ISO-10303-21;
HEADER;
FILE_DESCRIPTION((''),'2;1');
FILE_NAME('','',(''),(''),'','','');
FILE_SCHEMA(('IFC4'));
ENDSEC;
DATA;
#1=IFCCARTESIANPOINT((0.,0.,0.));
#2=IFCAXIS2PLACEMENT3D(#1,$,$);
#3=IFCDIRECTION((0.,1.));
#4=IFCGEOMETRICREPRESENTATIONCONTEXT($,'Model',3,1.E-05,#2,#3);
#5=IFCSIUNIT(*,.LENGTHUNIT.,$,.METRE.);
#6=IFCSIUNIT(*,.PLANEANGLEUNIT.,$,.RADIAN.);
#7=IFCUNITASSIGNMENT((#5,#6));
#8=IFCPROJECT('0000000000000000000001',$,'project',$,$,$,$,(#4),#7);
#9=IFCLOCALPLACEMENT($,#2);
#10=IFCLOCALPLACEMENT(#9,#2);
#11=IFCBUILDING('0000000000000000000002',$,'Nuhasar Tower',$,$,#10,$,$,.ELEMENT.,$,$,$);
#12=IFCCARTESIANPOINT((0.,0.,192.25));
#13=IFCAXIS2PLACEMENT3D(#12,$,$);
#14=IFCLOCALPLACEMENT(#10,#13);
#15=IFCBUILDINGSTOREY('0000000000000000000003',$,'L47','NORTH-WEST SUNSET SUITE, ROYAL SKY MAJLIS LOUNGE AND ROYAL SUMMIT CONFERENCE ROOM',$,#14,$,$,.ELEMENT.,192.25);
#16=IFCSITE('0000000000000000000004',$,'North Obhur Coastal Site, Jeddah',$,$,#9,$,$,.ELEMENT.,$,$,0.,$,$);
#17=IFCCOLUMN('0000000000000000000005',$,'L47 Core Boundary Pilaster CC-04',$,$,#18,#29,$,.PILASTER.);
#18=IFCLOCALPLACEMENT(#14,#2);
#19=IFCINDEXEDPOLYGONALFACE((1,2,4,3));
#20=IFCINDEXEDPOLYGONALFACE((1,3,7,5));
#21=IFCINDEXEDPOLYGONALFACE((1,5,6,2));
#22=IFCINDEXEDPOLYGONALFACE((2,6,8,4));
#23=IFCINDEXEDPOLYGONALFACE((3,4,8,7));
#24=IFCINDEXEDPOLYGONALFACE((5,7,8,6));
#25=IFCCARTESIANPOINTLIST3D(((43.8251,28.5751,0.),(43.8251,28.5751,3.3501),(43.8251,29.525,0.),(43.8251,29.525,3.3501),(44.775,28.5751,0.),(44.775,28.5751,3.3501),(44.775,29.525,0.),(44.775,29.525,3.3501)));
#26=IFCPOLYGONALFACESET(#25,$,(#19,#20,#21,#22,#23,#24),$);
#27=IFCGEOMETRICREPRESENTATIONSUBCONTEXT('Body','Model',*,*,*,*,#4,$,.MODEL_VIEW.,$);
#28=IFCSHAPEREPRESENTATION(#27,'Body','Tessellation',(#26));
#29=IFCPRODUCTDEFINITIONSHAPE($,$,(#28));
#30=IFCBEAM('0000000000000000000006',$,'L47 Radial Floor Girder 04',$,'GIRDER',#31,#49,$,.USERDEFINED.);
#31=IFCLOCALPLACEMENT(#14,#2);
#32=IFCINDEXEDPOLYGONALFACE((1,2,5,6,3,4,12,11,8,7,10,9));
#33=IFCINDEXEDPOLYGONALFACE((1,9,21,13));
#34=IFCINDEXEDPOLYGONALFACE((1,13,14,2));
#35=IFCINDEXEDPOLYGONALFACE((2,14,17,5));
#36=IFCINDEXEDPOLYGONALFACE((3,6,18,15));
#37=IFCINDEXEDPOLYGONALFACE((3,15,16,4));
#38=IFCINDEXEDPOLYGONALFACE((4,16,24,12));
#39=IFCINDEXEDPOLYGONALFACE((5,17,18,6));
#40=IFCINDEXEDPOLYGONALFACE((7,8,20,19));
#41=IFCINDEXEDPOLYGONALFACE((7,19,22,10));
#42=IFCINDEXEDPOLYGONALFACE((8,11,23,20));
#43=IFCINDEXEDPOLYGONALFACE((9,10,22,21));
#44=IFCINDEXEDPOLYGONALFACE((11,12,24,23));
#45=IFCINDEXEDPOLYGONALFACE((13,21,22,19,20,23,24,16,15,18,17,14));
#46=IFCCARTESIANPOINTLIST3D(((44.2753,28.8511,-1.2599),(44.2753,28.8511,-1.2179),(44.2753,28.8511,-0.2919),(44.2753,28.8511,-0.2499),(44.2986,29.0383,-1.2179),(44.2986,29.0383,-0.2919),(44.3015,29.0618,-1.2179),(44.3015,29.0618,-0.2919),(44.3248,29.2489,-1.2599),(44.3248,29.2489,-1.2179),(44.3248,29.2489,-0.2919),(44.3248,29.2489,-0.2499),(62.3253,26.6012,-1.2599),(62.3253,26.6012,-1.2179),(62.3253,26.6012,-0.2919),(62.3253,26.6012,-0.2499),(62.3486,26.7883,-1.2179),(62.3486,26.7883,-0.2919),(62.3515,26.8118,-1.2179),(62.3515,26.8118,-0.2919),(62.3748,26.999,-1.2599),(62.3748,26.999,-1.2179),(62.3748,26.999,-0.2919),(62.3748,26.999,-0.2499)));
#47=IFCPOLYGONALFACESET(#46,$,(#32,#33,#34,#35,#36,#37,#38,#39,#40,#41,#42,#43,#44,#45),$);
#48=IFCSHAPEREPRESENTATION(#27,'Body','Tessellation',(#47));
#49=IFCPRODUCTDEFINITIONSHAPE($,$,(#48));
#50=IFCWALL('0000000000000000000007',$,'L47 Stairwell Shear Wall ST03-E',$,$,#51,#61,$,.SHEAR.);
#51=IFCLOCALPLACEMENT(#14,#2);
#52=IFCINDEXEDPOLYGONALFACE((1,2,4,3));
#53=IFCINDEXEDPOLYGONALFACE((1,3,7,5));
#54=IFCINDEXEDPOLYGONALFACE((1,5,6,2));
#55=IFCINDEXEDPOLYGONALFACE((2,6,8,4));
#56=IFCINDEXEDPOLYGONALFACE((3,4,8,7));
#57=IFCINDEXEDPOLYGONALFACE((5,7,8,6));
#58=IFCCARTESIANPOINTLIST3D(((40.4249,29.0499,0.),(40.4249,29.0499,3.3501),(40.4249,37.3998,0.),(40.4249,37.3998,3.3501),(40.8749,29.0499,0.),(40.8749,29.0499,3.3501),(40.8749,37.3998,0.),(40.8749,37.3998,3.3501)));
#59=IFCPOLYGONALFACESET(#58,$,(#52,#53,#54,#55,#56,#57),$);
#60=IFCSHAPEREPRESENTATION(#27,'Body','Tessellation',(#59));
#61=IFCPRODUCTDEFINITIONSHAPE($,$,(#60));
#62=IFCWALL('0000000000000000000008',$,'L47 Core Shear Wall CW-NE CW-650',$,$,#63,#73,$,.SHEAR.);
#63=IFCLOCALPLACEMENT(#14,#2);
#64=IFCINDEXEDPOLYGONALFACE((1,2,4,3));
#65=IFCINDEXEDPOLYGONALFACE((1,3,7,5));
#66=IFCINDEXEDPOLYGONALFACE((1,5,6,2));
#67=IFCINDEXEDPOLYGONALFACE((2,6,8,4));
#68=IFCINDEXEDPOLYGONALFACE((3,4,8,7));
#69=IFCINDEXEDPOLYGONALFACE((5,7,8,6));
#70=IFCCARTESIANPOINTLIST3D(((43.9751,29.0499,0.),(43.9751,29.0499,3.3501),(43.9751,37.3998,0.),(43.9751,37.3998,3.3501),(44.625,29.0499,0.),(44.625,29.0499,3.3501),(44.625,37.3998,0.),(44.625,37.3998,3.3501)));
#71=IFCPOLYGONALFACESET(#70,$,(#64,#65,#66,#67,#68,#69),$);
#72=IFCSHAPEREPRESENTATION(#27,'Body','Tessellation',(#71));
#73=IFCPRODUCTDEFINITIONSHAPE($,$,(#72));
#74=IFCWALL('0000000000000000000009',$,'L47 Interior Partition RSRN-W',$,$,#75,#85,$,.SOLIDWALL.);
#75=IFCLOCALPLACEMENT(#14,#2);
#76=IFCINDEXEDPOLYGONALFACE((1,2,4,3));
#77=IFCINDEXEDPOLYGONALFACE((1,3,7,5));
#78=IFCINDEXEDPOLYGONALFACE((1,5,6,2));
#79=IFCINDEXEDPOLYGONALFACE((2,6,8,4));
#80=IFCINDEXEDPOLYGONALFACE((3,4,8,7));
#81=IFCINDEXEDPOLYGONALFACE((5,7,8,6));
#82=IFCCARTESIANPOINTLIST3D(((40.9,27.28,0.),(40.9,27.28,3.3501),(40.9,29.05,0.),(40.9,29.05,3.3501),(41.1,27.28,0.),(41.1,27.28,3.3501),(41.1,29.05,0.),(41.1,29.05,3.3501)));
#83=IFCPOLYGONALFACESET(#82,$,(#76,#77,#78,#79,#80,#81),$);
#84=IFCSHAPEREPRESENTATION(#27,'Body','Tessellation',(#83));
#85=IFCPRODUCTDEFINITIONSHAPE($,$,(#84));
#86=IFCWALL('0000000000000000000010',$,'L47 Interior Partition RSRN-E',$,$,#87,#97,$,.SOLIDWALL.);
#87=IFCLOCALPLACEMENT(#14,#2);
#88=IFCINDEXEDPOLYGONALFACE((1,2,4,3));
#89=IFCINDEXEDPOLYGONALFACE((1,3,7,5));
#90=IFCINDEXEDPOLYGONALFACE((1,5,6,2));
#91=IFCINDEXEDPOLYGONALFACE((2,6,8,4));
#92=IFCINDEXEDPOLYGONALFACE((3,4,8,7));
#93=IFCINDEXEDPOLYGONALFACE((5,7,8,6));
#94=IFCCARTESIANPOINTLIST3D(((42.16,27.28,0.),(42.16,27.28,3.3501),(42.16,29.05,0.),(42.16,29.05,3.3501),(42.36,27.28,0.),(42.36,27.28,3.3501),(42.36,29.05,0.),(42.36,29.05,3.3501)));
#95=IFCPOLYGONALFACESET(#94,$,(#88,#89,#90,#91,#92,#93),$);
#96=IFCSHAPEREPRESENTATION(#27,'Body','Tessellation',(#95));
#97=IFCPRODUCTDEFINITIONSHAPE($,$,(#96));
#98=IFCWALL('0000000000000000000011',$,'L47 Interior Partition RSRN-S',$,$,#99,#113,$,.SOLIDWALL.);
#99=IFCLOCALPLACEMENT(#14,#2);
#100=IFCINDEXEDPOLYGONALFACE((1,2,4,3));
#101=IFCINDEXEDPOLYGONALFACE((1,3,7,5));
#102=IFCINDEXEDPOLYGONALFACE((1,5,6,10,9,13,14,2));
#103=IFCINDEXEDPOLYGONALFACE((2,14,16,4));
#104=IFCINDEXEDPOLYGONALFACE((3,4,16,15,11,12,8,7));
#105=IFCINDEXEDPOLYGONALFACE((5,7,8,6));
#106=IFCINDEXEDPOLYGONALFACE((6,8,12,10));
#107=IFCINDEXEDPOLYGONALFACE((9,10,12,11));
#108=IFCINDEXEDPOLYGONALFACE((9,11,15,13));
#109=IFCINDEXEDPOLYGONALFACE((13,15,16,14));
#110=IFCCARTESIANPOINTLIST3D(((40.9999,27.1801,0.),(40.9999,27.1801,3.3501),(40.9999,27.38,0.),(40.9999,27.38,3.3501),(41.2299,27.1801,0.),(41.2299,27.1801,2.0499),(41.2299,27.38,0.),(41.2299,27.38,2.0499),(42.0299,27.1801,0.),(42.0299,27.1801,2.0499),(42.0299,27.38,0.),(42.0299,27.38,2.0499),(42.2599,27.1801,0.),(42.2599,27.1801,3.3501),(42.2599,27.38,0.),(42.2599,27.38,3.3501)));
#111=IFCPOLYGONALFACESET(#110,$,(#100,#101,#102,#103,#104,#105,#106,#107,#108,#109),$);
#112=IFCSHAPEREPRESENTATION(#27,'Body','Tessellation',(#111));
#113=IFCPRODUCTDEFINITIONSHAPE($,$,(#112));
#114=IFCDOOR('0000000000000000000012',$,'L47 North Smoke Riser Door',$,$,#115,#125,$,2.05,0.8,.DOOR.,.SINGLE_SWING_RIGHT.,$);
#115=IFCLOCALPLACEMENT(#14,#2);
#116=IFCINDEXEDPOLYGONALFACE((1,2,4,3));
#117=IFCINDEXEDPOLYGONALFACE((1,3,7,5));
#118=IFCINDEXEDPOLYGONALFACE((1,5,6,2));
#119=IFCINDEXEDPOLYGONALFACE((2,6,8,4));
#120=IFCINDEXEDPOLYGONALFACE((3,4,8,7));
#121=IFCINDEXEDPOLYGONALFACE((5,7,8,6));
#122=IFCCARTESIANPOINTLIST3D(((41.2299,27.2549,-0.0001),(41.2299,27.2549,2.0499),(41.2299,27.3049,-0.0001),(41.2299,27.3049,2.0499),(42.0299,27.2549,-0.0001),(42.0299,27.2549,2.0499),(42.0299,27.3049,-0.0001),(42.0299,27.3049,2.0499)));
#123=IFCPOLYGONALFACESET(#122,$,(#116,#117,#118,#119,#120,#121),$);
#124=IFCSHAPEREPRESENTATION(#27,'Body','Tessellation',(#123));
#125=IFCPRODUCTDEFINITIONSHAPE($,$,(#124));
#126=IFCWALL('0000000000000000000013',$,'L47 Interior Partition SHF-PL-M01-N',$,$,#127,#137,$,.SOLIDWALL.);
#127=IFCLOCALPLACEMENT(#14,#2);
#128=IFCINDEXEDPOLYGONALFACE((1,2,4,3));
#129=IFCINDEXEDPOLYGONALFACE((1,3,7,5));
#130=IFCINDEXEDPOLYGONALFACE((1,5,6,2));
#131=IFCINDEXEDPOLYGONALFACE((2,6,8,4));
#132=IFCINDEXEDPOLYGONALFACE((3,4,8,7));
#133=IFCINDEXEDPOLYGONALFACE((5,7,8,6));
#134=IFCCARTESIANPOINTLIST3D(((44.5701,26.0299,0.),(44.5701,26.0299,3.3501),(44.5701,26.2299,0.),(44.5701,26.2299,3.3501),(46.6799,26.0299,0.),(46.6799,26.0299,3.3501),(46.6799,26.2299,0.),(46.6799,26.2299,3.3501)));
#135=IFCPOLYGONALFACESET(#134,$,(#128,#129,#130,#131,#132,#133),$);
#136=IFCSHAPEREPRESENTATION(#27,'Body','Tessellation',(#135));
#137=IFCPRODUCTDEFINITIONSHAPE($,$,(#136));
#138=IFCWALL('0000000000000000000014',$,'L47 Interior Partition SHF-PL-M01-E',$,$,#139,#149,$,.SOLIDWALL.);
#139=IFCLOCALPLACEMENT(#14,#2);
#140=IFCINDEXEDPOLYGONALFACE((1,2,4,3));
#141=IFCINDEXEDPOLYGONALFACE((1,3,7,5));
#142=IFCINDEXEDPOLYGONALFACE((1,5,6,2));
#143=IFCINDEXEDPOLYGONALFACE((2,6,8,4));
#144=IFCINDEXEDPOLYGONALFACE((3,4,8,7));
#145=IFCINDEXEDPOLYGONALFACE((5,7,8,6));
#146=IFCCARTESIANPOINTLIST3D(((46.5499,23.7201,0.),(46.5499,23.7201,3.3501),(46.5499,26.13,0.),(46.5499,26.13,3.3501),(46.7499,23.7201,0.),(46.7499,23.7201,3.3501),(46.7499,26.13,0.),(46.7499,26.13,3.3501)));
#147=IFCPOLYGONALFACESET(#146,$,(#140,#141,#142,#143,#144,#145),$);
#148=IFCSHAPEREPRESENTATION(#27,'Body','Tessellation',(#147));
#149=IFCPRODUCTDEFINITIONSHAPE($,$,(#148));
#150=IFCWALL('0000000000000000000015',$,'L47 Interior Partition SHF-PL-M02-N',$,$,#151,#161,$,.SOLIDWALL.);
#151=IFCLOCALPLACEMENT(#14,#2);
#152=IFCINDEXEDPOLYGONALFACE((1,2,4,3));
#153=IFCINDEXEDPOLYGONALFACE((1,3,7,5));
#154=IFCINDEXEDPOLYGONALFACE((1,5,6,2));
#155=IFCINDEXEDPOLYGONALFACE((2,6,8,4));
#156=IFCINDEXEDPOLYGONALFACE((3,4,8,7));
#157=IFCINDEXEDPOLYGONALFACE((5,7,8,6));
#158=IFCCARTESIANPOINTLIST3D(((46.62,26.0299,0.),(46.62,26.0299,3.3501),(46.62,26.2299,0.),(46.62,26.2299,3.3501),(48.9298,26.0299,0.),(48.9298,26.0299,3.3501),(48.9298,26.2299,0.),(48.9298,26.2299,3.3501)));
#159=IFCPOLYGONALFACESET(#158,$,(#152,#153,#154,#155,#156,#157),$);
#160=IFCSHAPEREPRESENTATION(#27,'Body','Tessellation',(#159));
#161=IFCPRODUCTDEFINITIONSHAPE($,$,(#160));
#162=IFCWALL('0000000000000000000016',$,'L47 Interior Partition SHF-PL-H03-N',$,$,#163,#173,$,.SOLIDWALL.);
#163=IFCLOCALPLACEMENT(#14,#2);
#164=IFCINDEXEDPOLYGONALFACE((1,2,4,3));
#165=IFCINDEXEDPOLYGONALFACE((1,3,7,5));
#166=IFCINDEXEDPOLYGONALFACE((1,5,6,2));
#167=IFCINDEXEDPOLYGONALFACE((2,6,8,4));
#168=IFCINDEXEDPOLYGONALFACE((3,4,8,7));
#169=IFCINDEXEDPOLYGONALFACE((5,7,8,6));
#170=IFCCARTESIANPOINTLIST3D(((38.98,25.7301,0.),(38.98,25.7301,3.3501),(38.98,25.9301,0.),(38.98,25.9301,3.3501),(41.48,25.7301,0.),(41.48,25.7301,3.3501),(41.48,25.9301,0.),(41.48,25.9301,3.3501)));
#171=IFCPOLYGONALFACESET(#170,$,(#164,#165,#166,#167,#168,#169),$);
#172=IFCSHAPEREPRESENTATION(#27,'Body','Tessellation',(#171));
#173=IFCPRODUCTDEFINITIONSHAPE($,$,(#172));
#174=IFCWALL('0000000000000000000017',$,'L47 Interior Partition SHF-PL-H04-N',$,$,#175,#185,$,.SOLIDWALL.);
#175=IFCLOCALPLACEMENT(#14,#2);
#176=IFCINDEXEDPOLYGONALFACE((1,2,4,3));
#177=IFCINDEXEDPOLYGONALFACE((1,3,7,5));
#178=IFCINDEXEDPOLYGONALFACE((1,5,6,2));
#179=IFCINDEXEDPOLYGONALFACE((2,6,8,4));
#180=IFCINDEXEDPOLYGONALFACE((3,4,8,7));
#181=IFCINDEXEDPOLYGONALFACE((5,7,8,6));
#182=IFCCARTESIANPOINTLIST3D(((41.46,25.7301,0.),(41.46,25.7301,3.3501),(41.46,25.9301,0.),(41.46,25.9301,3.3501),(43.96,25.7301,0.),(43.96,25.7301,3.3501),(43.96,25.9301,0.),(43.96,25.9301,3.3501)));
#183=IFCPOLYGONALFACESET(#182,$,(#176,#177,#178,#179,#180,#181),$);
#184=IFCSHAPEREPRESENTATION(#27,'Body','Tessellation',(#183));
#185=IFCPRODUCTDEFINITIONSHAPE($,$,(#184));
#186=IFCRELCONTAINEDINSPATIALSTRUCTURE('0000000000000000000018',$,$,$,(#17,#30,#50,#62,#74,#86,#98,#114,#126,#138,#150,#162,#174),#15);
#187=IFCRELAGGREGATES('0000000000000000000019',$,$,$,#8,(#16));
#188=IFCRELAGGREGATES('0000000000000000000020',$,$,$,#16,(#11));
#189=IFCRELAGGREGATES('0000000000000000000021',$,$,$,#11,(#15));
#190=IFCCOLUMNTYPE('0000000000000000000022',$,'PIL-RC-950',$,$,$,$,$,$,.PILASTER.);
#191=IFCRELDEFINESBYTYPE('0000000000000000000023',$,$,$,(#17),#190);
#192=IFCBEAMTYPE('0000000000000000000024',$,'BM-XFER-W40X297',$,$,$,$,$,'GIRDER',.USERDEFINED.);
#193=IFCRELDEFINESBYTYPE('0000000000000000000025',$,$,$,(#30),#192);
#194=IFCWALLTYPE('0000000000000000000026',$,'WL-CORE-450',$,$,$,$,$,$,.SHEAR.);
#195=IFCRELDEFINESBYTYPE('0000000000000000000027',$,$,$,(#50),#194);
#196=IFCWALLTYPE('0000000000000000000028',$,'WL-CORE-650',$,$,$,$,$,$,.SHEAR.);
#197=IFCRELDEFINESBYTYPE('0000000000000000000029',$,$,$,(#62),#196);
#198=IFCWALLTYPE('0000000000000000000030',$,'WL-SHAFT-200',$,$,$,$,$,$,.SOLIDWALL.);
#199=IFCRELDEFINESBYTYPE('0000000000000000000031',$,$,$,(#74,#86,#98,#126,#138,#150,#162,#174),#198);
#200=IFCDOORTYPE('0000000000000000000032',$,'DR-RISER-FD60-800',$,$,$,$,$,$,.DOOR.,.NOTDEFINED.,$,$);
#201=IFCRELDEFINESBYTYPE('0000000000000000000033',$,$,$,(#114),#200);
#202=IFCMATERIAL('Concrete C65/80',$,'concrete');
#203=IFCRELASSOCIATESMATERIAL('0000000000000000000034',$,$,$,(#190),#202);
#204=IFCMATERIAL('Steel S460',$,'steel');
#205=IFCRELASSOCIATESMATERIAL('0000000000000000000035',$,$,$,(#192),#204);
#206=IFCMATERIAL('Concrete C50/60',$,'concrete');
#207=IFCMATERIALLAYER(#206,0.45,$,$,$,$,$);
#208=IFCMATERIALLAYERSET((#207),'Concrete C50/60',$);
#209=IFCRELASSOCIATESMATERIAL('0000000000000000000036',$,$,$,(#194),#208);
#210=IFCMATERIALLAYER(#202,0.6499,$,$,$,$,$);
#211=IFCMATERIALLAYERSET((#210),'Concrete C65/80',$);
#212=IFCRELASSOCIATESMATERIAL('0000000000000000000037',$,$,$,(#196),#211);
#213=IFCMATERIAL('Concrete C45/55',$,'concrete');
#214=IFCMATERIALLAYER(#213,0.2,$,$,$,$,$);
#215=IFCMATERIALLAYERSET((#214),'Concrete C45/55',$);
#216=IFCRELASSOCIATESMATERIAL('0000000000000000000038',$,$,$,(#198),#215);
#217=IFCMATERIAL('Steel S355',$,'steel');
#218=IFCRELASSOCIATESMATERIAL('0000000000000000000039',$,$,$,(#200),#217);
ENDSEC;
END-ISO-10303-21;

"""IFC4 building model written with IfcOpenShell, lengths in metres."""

from ifc_helpers import new_model, si_unit, direction, frame, frame_2d, origin, origin_2d, place, context, subcontext, project, spatial, rectangle, i_section, extrude, material, layer, layer_set, material_profile, profile_set, type_object, element, fill, save


model = new_model("IFC4")

# Units and contexts
model_context = context("Model", 3, precision=1e-05, world=origin(), true_north=direction((0.0, 1.0)))
body_context = subcontext(model_context, "Body", "Model", "MODEL_VIEW")
ifc_project = project(units=[si_unit("LENGTHUNIT", "METRE"), si_unit("PLANEANGLEUNIT", "RADIAN")], contexts=[model_context])

# Site, building, storey
site_placement = place(None, origin())
site = spatial("IfcSite", under=ifc_project, at=site_placement, Name="North Obhur Coastal Site, Jeddah", CompositionType="ELEMENT", RefElevation=0.0)
building_placement = place(site_placement, origin())
building = spatial("IfcBuilding", under=site, at=building_placement, Name="Nuhasar Tower", CompositionType="ELEMENT")
storey_placement = place(building_placement, frame((0.0, 0.0, 192.25)))
storey = spatial("IfcBuildingStorey", under=building, at=storey_placement, Name="L47", Description="NORTH-WEST SUNSET SUITE, ROYAL SKY MAJLIS LOUNGE AND ROYAL SUMMIT CONFERENCE ROOM", CompositionType="ELEMENT", Elevation=192.25)

# Column
ifc_material_1 = material(Name="Concrete C65/80", Category="concrete")
ifc_material_profile_1 = material_profile(ifc_material_1, rectangle(XDim=0.95, YDim=0.95, at=origin_2d()), Name="RC950X950")
ifc_profile_set_1 = profile_set([ifc_material_profile_1], Name="Concrete C65/80")
column_type = type_object("IfcColumnType", Name="PIL-RC-950", PredefinedType="PILASTER", material=ifc_profile_set_1)
column_placement = place(storey_placement, frame((44.3, 29.05, 0.0), z_axis=(0.0, 0.0, 1.0), x_axis=(1.0, 0.0, 0.0)))
element("IfcColumn", 1, at=column_placement, inside=storey, type_object=column_type, Name="L47 Core Boundary Pilaster CC-04", PredefinedType="PILASTER", context=body_context, shape_type="SweptSolid", body=[
    extrude(rectangle(XDim=0.95, YDim=0.95, at=origin_2d()), origin(), (0.0, 0.0, 1.0), 3.3501),
])

# Beam
ifc_material_2 = material(Name="Steel S460", Category="steel")
ifc_material_profile_2 = material_profile(ifc_material_2, i_section(OverallWidth=0.4009, OverallDepth=1.01, WebThickness=0.0237, FlangeThickness=0.042, at=origin_2d()), Name="W40X297")
ifc_profile_set_2 = profile_set([ifc_material_profile_2], Name="Steel S460")
beam_type = type_object("IfcBeamType", Name="BM-XFER-W40X297", ElementType="GIRDER", PredefinedType="USERDEFINED", material=ifc_profile_set_2)
beam_placement = place(storey_placement, frame((44.3, 29.05, -0.7549), z_axis=(0.99232, -0.123696, 0.0), x_axis=(0.123696, 0.99232, 0.0)))
element("IfcBeam", 2, at=beam_placement, inside=storey, type_object=beam_type, Name="L47 Radial Floor Girder 04", ObjectType="GIRDER", PredefinedType="USERDEFINED", context=body_context, shape_type="SweptSolid", body=[
    extrude(i_section(OverallWidth=0.4009, OverallDepth=1.01, WebThickness=0.0237, FlangeThickness=0.042, at=origin_2d()), origin(), (0.0, 0.0, 1.0), 18.1897),
])

# Walls
ifc_material_3 = material(Name="Concrete C50/60", Category="concrete")
ifc_layer_1 = layer(ifc_material_3, 0.45)
ifc_layer_set_1 = layer_set([ifc_layer_1], Name="Concrete C50/60")
wall_type_1 = type_object("IfcWallType", Name="WL-CORE-450", PredefinedType="SHEAR", material=ifc_layer_set_1)
wall_1_placement = place(storey_placement, frame((40.6499, 29.05, 0.0), z_axis=(0.0, 0.0, 1.0), x_axis=(0.0, 1.0, 0.0)))
element("IfcWall", 3, at=wall_1_placement, inside=storey, type_object=wall_type_1, Name="L47 Stairwell Shear Wall ST03-E", PredefinedType="SHEAR", context=body_context, shape_type="SweptSolid", body=[
    extrude(rectangle(XDim=8.3499, YDim=0.45, at=frame_2d((4.1748, 0.0))), origin(), (0.0, 0.0, 1.0), 3.3501),
])
ifc_layer_2 = layer(ifc_material_1, 0.6499)
ifc_layer_set_2 = layer_set([ifc_layer_2], Name="Concrete C65/80")
wall_type_2 = type_object("IfcWallType", Name="WL-CORE-650", PredefinedType="SHEAR", material=ifc_layer_set_2)
wall_2_placement = place(storey_placement, frame((44.3, 29.05, 0.0), z_axis=(0.0, 0.0, 1.0), x_axis=(0.0, 1.0, 0.0)))
element("IfcWall", 4, at=wall_2_placement, inside=storey, type_object=wall_type_2, Name="L47 Core Shear Wall CW-NE CW-650", PredefinedType="SHEAR", context=body_context, shape_type="SweptSolid", body=[
    extrude(rectangle(XDim=8.3499, YDim=0.6499, at=frame_2d((4.1748, 0.0))), origin(), (0.0, 0.0, 1.0), 3.3501),
])
ifc_material_4 = material(Name="Concrete C45/55", Category="concrete")
ifc_layer_3 = layer(ifc_material_4, 0.2)
ifc_layer_set_3 = layer_set([ifc_layer_3], Name="Concrete C45/55")
wall_type_3 = type_object("IfcWallType", Name="WL-SHAFT-200", PredefinedType="SOLIDWALL", material=ifc_layer_set_3)
for number, where, z_axis, x_axis, name in (
    (5, (41.0, 27.28, 0.0), (0.0, 0.0, 1.0), (0.0, 1.0, 0.0), "L47 Interior Partition RSRN-W"),
    (6, (42.26, 27.28, 0.0), (0.0, 0.0, 1.0), (0.0, 1.0, 0.0), "L47 Interior Partition RSRN-E"),
):
    element("IfcWall", number, at=place(storey_placement, frame(where, z_axis=z_axis, x_axis=x_axis)), inside=storey, type_object=wall_type_3, Name=name, PredefinedType="SOLIDWALL", context=body_context, shape_type="SweptSolid", body=[
        extrude(rectangle(XDim=1.77, YDim=0.2, at=frame_2d((0.885, 0.0))), origin(), (0.0, 0.0, 1.0), 3.3501),
    ])

# Wall, opening, door
wall_3_placement = place(storey_placement, frame((41.0, 27.28, 0.0), z_axis=(0.0, 0.0, 1.0), x_axis=(1.0, 0.0, 0.0)))
wall_3 = element("IfcWall", 7, at=wall_3_placement, inside=storey, type_object=wall_type_3, Name="L47 Interior Partition RSRN-S", PredefinedType="SOLIDWALL", context=body_context, shape_type="SweptSolid", body=[
    extrude(rectangle(XDim=1.26, YDim=0.2, at=frame_2d((0.6299, 0.0))), origin(), (0.0, 0.0, 1.0), 3.3501),
])
opening_1_placement = place(wall_3_placement, frame((0.23, 0.0, 0.0)))
opening_1 = element("IfcOpeningElement", 8, at=opening_1_placement, cuts=wall_3, PredefinedType="OPENING", context=body_context, shape_type="SweptSolid", body=[
    extrude(rectangle(XDim=0.8, YDim=2.05, at=frame_2d((0.3999, 1.0249))), frame((0.0, 0.1099, 0.0), z_axis=(0.0, -1.0, 0.0), x_axis=(1.0, 0.0, 0.0)), (0.0, 0.0, 1.0), 0.22),
])
ifc_material_5 = material(Name="Steel S355", Category="steel")
door_type = type_object("IfcDoorType", Name="DR-RISER-FD60-800", OperationType="NOTDEFINED", PredefinedType="DOOR", material=ifc_material_5)
door_1_placement = place(opening_1_placement, origin())
door_1 = element("IfcDoor", 9, at=door_1_placement, inside=storey, type_object=door_type, Name="L47 North Smoke Riser Door", OperationType="SINGLE_SWING_RIGHT", OverallHeight=2.05, OverallWidth=0.8, PredefinedType="DOOR", context=body_context, shape_type="SweptSolid", body=[
    extrude(rectangle(XDim=0.8, YDim=2.05, at=frame_2d((0.3999, 1.0249))), frame((0.0, 0.0249, 0.0), z_axis=(0.0, -1.0, 0.0), x_axis=(1.0, 0.0, 0.0)), (0.0, 0.0, 1.0), 0.05),
])
fill(opening_1, door_1)

# Walls
wall_4_placement = place(storey_placement, frame((44.5701, 26.1299, 0.0), z_axis=(0.0, 0.0, 1.0), x_axis=(1.0, 0.0, 0.0)))
element("IfcWall", 10, at=wall_4_placement, inside=storey, type_object=wall_type_3, Name="L47 Interior Partition SHF-PL-M01-N", PredefinedType="SOLIDWALL", context=body_context, shape_type="SweptSolid", body=[
    extrude(rectangle(XDim=2.1099, YDim=0.2, at=frame_2d((1.0549, 0.0))), origin(), (0.0, 0.0, 1.0), 3.3501),
])
wall_5_placement = place(storey_placement, frame((46.6499, 23.72, 0.0), z_axis=(0.0, 0.0, 1.0), x_axis=(0.0, 1.0, 0.0)))
element("IfcWall", 11, at=wall_5_placement, inside=storey, type_object=wall_type_3, Name="L47 Interior Partition SHF-PL-M01-E", PredefinedType="SOLIDWALL", context=body_context, shape_type="SweptSolid", body=[
    extrude(rectangle(XDim=2.4099, YDim=0.2, at=frame_2d((1.2051, 0.0))), origin(), (0.0, 0.0, 1.0), 3.3501),
])
wall_6_placement = place(storey_placement, frame((46.6201, 26.1299, 0.0), z_axis=(0.0, 0.0, 1.0), x_axis=(1.0, 0.0, 0.0)))
element("IfcWall", 12, at=wall_6_placement, inside=storey, type_object=wall_type_3, Name="L47 Interior Partition SHF-PL-M02-N", PredefinedType="SOLIDWALL", context=body_context, shape_type="SweptSolid", body=[
    extrude(rectangle(XDim=2.3098, YDim=0.2, at=frame_2d((1.1548, 0.0))), origin(), (0.0, 0.0, 1.0), 3.3501),
])
for number, where, z_axis, x_axis, name in (
    (13, (38.98, 25.8301, 0.0), (0.0, 0.0, 1.0), (1.0, 0.0, 0.0), "L47 Interior Partition SHF-PL-H03-N"),
    (14, (41.46, 25.8301, 0.0), (0.0, 0.0, 1.0), (1.0, 0.0, 0.0), "L47 Interior Partition SHF-PL-H04-N"),
):
    element("IfcWall", number, at=place(storey_placement, frame(where, z_axis=z_axis, x_axis=x_axis)), inside=storey, type_object=wall_type_3, Name=name, PredefinedType="SOLIDWALL", context=body_context, shape_type="SweptSolid", body=[
        extrude(rectangle(XDim=2.5, YDim=0.2, at=frame_2d((1.25, 0.0))), origin(), (0.0, 0.0, 1.0), 3.3501),
    ])

save(model, "model.ifc")
